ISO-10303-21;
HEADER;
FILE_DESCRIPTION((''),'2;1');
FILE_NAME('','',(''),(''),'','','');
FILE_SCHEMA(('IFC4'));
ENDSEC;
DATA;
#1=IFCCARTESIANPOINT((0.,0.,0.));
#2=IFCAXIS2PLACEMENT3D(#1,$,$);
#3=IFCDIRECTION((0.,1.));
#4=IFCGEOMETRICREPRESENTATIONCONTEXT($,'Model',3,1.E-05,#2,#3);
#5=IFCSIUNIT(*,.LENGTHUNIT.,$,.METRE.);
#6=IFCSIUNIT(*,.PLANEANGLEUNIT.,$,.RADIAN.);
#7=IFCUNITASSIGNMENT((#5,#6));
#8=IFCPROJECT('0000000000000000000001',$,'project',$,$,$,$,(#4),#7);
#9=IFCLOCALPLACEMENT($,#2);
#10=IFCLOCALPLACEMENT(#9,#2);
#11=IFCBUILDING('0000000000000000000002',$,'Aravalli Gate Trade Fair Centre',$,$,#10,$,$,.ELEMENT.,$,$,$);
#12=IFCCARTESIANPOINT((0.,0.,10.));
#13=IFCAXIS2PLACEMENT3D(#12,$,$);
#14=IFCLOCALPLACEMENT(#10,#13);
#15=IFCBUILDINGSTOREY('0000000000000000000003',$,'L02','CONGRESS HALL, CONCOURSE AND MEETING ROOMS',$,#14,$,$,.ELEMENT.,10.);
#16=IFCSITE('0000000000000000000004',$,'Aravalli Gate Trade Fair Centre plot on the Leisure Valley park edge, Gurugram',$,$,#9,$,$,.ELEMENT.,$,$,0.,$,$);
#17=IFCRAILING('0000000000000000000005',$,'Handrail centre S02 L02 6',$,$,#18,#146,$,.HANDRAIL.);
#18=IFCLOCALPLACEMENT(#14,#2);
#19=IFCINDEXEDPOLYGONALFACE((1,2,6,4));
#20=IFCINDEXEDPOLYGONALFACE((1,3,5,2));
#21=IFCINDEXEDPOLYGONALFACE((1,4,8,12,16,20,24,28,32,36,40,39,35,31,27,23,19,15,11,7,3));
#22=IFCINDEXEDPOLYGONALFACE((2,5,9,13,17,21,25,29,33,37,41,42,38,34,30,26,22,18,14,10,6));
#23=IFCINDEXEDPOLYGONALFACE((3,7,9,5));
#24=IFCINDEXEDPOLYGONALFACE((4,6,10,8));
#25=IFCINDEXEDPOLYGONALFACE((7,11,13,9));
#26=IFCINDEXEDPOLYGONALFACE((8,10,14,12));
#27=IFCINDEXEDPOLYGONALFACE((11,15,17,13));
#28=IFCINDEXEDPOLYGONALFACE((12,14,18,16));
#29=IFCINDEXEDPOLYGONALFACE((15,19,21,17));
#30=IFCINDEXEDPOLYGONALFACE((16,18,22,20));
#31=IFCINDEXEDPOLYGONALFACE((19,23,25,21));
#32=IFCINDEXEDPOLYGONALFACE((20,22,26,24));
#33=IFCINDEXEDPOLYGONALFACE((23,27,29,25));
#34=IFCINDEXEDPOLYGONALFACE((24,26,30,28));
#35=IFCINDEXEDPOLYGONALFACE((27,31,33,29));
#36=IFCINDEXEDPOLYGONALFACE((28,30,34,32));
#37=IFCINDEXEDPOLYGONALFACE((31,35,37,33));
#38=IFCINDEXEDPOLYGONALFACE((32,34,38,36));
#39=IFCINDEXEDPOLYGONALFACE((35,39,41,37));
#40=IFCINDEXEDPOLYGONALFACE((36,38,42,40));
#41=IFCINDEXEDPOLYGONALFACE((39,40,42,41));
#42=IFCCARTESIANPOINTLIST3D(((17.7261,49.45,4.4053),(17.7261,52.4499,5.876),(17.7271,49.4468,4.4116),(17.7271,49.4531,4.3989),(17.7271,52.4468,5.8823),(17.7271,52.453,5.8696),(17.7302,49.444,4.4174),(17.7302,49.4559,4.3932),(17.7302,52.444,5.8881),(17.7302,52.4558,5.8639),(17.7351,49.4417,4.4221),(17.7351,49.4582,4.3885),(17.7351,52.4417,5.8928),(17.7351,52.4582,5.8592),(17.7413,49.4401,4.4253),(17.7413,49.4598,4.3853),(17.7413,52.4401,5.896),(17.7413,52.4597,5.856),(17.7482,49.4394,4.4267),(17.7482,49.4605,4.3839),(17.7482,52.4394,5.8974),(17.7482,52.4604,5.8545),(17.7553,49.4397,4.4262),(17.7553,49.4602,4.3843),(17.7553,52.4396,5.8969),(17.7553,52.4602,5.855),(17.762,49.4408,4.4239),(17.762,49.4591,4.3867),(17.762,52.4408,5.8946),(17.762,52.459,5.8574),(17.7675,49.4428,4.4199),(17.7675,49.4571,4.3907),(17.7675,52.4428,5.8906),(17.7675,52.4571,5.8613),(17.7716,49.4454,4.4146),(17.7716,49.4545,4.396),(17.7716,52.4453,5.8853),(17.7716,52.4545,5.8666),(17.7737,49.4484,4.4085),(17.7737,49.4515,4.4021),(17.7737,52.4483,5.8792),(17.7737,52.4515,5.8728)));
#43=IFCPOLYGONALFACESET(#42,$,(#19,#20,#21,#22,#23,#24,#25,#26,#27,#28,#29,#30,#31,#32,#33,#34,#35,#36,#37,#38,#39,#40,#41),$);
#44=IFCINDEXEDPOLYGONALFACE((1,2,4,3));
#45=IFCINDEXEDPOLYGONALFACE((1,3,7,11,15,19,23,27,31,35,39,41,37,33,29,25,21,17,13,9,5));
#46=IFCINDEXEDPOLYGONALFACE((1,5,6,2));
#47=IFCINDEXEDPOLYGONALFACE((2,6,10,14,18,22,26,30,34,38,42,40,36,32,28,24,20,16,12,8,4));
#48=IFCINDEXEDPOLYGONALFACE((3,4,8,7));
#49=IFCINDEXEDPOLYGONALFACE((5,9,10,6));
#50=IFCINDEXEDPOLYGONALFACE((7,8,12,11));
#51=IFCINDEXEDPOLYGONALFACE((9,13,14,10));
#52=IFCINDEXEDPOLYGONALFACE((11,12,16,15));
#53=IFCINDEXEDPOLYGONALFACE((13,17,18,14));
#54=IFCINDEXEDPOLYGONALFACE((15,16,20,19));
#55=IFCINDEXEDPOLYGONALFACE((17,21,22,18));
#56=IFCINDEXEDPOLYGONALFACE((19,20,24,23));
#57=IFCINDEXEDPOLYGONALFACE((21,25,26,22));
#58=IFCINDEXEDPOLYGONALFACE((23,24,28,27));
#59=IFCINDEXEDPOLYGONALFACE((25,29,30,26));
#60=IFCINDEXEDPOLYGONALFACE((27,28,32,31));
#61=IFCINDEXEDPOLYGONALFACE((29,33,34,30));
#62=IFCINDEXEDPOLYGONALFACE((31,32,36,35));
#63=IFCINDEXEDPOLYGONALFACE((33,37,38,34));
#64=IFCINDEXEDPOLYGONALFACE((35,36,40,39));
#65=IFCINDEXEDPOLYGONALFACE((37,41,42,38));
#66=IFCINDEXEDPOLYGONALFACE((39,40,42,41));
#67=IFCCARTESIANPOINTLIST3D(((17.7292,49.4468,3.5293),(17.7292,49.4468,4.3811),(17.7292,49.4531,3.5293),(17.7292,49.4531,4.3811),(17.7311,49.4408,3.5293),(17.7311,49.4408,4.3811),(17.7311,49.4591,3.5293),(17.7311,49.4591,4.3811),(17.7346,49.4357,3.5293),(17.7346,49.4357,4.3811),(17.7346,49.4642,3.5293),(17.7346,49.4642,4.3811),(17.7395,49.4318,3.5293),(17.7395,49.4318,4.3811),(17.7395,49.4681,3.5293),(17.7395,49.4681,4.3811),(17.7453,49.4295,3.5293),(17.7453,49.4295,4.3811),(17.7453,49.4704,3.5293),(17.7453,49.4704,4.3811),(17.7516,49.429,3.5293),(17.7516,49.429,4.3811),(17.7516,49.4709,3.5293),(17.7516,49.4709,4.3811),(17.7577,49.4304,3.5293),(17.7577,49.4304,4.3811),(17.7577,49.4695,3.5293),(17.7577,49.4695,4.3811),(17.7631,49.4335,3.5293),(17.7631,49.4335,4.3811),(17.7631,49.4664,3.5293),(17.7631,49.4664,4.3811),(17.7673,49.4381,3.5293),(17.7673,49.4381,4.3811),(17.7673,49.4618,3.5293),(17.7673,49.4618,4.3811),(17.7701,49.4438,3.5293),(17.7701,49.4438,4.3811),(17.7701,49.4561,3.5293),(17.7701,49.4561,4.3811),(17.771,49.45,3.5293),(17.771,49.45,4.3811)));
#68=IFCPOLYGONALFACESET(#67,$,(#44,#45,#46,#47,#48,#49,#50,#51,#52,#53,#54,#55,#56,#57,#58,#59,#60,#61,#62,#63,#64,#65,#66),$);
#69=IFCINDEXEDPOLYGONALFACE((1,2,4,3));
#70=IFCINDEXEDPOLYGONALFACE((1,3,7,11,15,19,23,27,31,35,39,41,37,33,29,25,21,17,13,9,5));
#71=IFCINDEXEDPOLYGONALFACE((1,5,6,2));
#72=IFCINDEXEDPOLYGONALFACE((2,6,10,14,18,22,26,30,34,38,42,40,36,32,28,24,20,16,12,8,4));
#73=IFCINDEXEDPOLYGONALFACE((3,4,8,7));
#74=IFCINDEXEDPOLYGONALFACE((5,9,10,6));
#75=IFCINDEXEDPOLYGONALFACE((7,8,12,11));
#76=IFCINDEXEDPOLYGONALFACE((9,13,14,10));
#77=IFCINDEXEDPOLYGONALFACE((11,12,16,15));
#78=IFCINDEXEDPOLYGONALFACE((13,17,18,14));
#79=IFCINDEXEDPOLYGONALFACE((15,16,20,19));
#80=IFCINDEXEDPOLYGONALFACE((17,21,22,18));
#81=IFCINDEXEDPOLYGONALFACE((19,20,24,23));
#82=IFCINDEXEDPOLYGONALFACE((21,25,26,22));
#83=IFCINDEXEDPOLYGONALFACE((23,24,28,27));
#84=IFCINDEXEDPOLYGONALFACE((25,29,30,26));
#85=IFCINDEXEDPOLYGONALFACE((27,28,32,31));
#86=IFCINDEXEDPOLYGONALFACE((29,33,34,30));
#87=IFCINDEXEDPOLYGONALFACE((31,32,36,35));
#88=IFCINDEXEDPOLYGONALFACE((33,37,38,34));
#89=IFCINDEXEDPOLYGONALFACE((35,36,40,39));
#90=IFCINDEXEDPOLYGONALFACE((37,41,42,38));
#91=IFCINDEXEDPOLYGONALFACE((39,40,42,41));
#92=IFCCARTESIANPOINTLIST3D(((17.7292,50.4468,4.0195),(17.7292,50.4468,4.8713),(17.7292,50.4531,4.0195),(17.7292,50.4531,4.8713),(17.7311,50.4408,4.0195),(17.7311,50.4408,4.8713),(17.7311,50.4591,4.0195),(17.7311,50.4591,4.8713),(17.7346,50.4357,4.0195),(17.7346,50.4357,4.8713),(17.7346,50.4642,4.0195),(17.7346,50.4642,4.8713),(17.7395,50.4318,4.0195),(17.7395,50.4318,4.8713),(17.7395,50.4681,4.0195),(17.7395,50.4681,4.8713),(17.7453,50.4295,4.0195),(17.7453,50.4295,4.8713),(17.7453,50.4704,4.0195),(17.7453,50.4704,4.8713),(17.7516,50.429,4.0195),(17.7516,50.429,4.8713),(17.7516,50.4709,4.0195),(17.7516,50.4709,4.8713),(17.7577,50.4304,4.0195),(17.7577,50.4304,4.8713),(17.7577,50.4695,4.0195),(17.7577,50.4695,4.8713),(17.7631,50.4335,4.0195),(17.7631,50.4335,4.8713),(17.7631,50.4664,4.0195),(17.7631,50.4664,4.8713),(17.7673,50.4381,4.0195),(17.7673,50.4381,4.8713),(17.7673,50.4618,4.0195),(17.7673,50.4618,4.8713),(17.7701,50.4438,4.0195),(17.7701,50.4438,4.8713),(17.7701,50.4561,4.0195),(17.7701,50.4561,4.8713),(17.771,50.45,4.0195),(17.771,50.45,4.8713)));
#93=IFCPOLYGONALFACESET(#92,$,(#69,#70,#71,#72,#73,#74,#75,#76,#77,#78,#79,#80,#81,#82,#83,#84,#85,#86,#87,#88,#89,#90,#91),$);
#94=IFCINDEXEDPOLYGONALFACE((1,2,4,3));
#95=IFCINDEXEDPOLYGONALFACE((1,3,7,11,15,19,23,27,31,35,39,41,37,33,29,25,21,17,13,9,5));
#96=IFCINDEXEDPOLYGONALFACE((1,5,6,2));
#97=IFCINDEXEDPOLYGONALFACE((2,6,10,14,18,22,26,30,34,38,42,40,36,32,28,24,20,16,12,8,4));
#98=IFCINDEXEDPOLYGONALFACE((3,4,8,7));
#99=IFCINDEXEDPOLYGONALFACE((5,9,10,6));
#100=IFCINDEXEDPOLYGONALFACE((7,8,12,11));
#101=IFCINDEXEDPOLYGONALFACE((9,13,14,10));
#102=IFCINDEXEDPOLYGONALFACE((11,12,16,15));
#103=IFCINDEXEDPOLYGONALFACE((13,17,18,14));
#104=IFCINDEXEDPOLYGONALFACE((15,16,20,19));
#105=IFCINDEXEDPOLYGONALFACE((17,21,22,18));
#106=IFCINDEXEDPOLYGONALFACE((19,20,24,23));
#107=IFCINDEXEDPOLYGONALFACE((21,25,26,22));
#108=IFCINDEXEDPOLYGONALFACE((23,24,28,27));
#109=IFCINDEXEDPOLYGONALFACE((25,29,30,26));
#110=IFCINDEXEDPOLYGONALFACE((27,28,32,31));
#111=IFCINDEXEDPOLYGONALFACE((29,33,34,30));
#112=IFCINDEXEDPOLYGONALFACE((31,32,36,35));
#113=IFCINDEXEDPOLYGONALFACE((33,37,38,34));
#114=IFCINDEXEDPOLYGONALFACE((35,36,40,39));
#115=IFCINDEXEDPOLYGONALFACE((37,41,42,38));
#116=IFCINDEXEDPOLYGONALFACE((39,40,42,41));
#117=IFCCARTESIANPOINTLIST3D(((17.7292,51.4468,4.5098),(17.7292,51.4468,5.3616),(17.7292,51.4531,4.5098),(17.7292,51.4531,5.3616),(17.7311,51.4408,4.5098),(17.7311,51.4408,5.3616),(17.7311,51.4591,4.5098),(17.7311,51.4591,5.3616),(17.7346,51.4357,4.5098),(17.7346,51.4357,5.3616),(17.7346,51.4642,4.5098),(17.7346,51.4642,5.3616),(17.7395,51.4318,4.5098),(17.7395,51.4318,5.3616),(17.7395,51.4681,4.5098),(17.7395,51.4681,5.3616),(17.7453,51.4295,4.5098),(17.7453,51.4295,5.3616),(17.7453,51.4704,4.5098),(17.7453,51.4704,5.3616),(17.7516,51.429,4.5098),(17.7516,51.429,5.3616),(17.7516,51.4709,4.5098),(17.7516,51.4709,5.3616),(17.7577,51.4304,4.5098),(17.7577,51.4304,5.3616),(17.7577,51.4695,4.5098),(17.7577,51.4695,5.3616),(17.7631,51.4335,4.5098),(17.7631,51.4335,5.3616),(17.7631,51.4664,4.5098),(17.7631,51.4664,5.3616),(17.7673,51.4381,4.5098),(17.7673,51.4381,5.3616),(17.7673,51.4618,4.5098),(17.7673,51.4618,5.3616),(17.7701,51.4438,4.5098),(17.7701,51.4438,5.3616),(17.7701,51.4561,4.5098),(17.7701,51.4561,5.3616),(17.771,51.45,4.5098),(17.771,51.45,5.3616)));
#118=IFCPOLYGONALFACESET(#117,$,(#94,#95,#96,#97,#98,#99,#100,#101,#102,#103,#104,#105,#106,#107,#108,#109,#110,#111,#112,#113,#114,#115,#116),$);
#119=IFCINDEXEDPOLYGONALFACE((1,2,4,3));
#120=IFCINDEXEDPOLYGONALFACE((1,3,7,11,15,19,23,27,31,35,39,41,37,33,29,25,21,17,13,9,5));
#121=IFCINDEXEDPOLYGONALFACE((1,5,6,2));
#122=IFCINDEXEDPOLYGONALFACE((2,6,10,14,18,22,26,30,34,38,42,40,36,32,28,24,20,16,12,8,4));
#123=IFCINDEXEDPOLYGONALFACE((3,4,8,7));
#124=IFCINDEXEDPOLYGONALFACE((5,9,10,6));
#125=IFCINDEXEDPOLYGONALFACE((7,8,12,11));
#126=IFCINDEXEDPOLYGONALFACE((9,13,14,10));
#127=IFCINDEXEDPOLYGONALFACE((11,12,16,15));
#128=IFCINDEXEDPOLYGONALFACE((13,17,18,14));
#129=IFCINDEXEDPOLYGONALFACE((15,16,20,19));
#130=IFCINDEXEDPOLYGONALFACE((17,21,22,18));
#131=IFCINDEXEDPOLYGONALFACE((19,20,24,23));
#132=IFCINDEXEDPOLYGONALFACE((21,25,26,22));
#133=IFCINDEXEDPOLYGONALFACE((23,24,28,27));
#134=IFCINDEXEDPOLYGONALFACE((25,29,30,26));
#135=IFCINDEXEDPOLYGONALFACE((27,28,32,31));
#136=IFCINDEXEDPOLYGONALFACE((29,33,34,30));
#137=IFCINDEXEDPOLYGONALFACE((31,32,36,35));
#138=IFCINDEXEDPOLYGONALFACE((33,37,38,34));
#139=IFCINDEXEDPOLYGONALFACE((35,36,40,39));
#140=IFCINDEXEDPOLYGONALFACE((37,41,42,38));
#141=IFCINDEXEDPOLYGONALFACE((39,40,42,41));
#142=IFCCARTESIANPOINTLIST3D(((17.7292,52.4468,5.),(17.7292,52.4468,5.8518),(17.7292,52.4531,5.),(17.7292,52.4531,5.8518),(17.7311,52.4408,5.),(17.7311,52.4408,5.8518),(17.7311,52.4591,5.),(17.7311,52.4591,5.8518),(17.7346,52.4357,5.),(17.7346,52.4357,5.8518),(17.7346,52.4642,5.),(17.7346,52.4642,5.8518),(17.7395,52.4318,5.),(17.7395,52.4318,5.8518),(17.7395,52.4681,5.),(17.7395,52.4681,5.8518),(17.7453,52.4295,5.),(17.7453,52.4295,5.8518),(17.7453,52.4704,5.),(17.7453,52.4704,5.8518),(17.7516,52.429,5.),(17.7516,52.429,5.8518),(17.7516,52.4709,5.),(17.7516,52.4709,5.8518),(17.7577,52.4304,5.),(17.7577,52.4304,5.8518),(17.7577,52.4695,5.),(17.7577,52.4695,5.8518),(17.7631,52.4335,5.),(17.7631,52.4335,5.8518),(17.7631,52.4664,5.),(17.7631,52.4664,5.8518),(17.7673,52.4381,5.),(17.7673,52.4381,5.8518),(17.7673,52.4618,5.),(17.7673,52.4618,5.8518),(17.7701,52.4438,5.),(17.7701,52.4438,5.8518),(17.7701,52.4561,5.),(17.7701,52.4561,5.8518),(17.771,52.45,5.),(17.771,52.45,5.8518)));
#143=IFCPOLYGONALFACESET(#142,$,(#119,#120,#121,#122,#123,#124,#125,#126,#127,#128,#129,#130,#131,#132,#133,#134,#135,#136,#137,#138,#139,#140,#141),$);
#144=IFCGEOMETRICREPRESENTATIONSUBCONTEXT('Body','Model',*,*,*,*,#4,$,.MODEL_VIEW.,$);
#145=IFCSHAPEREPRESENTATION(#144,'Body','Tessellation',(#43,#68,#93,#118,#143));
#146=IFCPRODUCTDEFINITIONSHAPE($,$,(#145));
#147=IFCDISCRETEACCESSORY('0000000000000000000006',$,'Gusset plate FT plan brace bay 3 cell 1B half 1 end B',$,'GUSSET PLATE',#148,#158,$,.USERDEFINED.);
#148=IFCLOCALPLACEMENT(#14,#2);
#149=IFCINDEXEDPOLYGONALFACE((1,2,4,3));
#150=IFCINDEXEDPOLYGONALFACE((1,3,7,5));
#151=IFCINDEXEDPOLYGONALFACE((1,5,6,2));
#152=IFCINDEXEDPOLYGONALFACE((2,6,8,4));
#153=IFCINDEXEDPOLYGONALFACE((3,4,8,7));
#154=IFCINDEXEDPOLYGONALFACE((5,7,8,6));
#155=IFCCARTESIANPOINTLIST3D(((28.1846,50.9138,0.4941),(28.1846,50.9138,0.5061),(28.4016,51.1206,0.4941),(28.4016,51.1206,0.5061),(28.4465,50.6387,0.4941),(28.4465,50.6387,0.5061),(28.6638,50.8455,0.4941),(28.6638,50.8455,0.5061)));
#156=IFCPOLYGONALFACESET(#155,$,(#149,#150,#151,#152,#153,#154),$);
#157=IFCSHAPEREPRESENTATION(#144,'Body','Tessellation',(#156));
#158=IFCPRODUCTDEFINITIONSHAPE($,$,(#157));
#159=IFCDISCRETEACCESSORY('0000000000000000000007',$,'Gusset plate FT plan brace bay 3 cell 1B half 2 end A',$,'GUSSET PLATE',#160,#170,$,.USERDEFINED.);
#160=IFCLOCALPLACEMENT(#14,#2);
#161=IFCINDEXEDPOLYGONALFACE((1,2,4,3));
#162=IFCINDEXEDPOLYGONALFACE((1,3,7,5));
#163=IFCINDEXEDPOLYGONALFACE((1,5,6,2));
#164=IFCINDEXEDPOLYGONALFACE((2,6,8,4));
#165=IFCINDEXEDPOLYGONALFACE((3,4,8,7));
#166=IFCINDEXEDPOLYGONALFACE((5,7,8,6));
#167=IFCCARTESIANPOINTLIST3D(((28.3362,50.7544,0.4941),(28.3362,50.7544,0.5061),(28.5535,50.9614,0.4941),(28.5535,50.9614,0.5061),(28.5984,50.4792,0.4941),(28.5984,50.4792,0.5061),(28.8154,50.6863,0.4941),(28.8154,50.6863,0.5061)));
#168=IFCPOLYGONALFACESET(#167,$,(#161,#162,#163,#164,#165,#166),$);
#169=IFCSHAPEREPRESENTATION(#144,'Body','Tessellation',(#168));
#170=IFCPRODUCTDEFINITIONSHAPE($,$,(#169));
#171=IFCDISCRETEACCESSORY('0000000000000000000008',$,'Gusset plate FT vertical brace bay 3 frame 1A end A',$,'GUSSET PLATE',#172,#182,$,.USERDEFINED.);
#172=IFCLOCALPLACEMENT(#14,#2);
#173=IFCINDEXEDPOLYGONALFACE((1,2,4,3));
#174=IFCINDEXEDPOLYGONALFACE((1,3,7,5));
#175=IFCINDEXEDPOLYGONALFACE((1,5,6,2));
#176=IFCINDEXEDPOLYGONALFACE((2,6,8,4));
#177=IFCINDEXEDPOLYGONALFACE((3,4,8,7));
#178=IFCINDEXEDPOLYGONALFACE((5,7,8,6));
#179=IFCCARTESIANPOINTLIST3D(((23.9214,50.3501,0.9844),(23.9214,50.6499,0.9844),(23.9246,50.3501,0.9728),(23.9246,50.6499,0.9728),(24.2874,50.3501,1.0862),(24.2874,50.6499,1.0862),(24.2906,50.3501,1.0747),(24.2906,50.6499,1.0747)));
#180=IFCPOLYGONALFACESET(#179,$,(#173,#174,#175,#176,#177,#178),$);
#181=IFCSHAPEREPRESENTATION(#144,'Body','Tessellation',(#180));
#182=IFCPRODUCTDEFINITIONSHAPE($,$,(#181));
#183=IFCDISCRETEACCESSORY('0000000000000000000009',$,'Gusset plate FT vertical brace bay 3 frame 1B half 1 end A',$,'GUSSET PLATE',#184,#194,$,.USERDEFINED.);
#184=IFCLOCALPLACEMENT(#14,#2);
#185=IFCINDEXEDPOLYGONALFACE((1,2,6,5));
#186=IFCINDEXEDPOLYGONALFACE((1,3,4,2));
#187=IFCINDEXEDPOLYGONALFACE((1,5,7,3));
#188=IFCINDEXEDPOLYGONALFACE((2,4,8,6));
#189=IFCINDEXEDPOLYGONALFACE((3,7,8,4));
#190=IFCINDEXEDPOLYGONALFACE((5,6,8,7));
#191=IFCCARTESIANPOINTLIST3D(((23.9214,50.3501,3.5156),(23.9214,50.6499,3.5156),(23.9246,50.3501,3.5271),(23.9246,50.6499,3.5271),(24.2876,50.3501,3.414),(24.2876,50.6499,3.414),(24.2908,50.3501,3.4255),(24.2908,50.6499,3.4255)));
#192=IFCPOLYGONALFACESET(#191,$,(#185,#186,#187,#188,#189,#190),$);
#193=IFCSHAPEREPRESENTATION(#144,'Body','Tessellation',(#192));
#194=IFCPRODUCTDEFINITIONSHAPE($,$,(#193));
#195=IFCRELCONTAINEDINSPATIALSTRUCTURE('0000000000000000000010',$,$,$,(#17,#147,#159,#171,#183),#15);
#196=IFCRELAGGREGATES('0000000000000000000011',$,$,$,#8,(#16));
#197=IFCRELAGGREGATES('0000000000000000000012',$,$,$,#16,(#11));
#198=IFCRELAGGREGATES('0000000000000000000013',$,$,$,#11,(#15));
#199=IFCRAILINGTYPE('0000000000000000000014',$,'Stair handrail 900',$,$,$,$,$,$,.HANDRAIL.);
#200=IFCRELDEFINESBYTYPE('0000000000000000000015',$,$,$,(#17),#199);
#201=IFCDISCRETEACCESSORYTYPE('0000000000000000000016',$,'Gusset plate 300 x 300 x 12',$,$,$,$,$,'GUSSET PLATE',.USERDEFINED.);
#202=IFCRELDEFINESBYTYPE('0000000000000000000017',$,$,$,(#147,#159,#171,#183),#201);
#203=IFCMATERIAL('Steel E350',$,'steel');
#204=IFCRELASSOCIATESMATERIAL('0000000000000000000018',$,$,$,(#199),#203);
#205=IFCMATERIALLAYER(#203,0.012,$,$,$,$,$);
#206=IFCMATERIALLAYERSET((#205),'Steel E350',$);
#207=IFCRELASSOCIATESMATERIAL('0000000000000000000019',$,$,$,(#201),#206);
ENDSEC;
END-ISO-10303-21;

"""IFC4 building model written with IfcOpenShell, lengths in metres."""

from ifc_helpers import new_model, si_unit, direction, frame, origin, origin_2d, place, context, subcontext, project, spatial, polyline, circle, outline, extrude, material, layer, layer_set, type_object, element, save


model = new_model("IFC4")

# Units and contexts
model_context = context("Model", 3, precision=1e-05, world=origin(), true_north=direction((0.0, 1.0)))
body_context = subcontext(model_context, "Body", "Model", "MODEL_VIEW")
ifc_project = project(units=[si_unit("LENGTHUNIT", "METRE"), si_unit("PLANEANGLEUNIT", "RADIAN")], contexts=[model_context])

# Site, building, storey
site_placement = place(None, origin())
site = spatial("IfcSite", under=ifc_project, at=site_placement, Name="Aravalli Gate Trade Fair Centre plot on the Leisure Valley park edge, Gurugram", CompositionType="ELEMENT", RefElevation=0.0)
building_placement = place(site_placement, origin())
building = spatial("IfcBuilding", under=site, at=building_placement, Name="Aravalli Gate Trade Fair Centre", CompositionType="ELEMENT")
storey_placement = place(building_placement, frame((0.0, 0.0, 10.0)))
storey = spatial("IfcBuildingStorey", under=building, at=storey_placement, Name="L02", Description="CONGRESS HALL, CONCOURSE AND MEETING ROOMS", CompositionType="ELEMENT", Elevation=10.0)

# Shared definitions
ifc_material_1 = material(Name="Steel E350", Category="steel")

# Railing
railing_type_1 = type_object("IfcRailingType", Name="Stair handrail 900", PredefinedType="HANDRAIL", material=ifc_material_1)
for number, where, name in (
    (1, (17.75, 49.45, 3.5293), "Handrail centre S02 L02 6"),
):
    element("IfcRailing", number, at=place(storey_placement, frame(where)), inside=storey, type_object=railing_type_1, Name=name, PredefinedType="HANDRAIL", context=body_context, shape_type="SweptSolid", body=[
        extrude(circle(Radius=0.0239, at=origin_2d()), frame((0.0, 0.0, 0.876), z_axis=(0.0, 0.897907, 0.440185), x_axis=(-1.0, 0.0, 0.0)), (0.0, 0.0, 1.0), 3.3411),
        extrude(circle(Radius=0.021, at=origin_2d()), origin(), (0.0, 0.0, 1.0), 0.8518),
        extrude(circle(Radius=0.021, at=origin_2d()), frame((0.0, 1.0, 0.4902)), (0.0, 0.0, 1.0), 0.8518),
        extrude(circle(Radius=0.021, at=origin_2d()), frame((0.0, 2.0, 0.9805)), (0.0, 0.0, 1.0), 0.8518),
        extrude(circle(Radius=0.021, at=origin_2d()), frame((0.0, 3.0, 1.4707)), (0.0, 0.0, 1.0), 0.8518),
    ])

# Discrete accessories
ifc_layer_1 = layer(ifc_material_1, 0.012)
ifc_layer_set_1 = layer_set([ifc_layer_1], Name="Steel E350")
discrete_accessory_type_1 = type_object("IfcDiscreteAccessoryType", Name="Gusset plate 300 x 300 x 12", ElementType="GUSSET PLATE", PredefinedType="USERDEFINED", material=ifc_layer_set_1)
discrete_accessory_1_placement = place(storey_placement, frame((28.1846, 50.9138, 0.5061), z_axis=(0.0, 0.0, 1.0), x_axis=(0.689543, -0.724245, 0.0)))
element("IfcDiscreteAccessory", 2, at=discrete_accessory_1_placement, inside=storey, type_object=discrete_accessory_type_1, Name="Gusset plate FT plan brace bay 3 cell 1B half 1 end B", ObjectType="GUSSET PLATE", PredefinedType="USERDEFINED", context=body_context, shape_type="SweptSolid", body=[
    extrude(outline(polyline([(0.0, 0.0), (0.3799, 0.0), (0.38, 0.3), (-0.0001, 0.2998), (0.0, 0.0)])), origin(), (0.0, 0.0, -1.0), 0.012),
])
discrete_accessory_2_placement = place(storey_placement, frame((28.5984, 50.4792, 0.5061), z_axis=(0.0, 0.0, 1.0), x_axis=(-0.68988, 0.723924, 0.0)))
element("IfcDiscreteAccessory", 3, at=discrete_accessory_2_placement, inside=storey, type_object=discrete_accessory_type_1, Name="Gusset plate FT plan brace bay 3 cell 1B half 2 end A", ObjectType="GUSSET PLATE", PredefinedType="USERDEFINED", context=body_context, shape_type="SweptSolid", body=[
    extrude(outline(polyline([(0.0, 0.0), (0.3801, 0.0), (0.3801, -0.3001), (0.0001, -0.2999), (0.0, 0.0)])), origin(), (0.0, 0.0, -1.0), 0.012),
])
discrete_accessory_3_placement = place(storey_placement, frame((24.2874, 50.3501, 1.0862), z_axis=(-0.268008, 0.0, 0.963417), x_axis=(-0.963417, 0.0, -0.268008)))
element("IfcDiscreteAccessory", 4, at=discrete_accessory_3_placement, inside=storey, type_object=discrete_accessory_type_1, Name="Gusset plate FT vertical brace bay 3 frame 1A end A", ObjectType="GUSSET PLATE", PredefinedType="USERDEFINED", context=body_context, shape_type="SweptSolid", body=[
    extrude(outline(polyline([(0.0, 0.0), (0.3799, 0.0), (0.3799, -0.2998), (0.0, -0.2998), (0.0, 0.0)])), origin(), (0.0, 0.0, -1.0), 0.012),
])
discrete_accessory_4_placement = place(storey_placement, frame((24.2908, 50.3501, 3.4255), z_axis=(0.267246, 0.0, 0.963628), x_axis=(-0.963628, 0.0, 0.267246)))
element("IfcDiscreteAccessory", 5, at=discrete_accessory_4_placement, inside=storey, type_object=discrete_accessory_type_1, Name="Gusset plate FT vertical brace bay 3 frame 1B half 1 end A", ObjectType="GUSSET PLATE", PredefinedType="USERDEFINED", context=body_context, shape_type="SweptSolid", body=[
    extrude(outline(polyline([(0.0, 0.0), (0.38, 0.0), (0.38, -0.2998), (0.0, -0.2998), (0.0, 0.0)])), origin(), (0.0, 0.0, -1.0), 0.012),
])

save(model, "model.ifc")
